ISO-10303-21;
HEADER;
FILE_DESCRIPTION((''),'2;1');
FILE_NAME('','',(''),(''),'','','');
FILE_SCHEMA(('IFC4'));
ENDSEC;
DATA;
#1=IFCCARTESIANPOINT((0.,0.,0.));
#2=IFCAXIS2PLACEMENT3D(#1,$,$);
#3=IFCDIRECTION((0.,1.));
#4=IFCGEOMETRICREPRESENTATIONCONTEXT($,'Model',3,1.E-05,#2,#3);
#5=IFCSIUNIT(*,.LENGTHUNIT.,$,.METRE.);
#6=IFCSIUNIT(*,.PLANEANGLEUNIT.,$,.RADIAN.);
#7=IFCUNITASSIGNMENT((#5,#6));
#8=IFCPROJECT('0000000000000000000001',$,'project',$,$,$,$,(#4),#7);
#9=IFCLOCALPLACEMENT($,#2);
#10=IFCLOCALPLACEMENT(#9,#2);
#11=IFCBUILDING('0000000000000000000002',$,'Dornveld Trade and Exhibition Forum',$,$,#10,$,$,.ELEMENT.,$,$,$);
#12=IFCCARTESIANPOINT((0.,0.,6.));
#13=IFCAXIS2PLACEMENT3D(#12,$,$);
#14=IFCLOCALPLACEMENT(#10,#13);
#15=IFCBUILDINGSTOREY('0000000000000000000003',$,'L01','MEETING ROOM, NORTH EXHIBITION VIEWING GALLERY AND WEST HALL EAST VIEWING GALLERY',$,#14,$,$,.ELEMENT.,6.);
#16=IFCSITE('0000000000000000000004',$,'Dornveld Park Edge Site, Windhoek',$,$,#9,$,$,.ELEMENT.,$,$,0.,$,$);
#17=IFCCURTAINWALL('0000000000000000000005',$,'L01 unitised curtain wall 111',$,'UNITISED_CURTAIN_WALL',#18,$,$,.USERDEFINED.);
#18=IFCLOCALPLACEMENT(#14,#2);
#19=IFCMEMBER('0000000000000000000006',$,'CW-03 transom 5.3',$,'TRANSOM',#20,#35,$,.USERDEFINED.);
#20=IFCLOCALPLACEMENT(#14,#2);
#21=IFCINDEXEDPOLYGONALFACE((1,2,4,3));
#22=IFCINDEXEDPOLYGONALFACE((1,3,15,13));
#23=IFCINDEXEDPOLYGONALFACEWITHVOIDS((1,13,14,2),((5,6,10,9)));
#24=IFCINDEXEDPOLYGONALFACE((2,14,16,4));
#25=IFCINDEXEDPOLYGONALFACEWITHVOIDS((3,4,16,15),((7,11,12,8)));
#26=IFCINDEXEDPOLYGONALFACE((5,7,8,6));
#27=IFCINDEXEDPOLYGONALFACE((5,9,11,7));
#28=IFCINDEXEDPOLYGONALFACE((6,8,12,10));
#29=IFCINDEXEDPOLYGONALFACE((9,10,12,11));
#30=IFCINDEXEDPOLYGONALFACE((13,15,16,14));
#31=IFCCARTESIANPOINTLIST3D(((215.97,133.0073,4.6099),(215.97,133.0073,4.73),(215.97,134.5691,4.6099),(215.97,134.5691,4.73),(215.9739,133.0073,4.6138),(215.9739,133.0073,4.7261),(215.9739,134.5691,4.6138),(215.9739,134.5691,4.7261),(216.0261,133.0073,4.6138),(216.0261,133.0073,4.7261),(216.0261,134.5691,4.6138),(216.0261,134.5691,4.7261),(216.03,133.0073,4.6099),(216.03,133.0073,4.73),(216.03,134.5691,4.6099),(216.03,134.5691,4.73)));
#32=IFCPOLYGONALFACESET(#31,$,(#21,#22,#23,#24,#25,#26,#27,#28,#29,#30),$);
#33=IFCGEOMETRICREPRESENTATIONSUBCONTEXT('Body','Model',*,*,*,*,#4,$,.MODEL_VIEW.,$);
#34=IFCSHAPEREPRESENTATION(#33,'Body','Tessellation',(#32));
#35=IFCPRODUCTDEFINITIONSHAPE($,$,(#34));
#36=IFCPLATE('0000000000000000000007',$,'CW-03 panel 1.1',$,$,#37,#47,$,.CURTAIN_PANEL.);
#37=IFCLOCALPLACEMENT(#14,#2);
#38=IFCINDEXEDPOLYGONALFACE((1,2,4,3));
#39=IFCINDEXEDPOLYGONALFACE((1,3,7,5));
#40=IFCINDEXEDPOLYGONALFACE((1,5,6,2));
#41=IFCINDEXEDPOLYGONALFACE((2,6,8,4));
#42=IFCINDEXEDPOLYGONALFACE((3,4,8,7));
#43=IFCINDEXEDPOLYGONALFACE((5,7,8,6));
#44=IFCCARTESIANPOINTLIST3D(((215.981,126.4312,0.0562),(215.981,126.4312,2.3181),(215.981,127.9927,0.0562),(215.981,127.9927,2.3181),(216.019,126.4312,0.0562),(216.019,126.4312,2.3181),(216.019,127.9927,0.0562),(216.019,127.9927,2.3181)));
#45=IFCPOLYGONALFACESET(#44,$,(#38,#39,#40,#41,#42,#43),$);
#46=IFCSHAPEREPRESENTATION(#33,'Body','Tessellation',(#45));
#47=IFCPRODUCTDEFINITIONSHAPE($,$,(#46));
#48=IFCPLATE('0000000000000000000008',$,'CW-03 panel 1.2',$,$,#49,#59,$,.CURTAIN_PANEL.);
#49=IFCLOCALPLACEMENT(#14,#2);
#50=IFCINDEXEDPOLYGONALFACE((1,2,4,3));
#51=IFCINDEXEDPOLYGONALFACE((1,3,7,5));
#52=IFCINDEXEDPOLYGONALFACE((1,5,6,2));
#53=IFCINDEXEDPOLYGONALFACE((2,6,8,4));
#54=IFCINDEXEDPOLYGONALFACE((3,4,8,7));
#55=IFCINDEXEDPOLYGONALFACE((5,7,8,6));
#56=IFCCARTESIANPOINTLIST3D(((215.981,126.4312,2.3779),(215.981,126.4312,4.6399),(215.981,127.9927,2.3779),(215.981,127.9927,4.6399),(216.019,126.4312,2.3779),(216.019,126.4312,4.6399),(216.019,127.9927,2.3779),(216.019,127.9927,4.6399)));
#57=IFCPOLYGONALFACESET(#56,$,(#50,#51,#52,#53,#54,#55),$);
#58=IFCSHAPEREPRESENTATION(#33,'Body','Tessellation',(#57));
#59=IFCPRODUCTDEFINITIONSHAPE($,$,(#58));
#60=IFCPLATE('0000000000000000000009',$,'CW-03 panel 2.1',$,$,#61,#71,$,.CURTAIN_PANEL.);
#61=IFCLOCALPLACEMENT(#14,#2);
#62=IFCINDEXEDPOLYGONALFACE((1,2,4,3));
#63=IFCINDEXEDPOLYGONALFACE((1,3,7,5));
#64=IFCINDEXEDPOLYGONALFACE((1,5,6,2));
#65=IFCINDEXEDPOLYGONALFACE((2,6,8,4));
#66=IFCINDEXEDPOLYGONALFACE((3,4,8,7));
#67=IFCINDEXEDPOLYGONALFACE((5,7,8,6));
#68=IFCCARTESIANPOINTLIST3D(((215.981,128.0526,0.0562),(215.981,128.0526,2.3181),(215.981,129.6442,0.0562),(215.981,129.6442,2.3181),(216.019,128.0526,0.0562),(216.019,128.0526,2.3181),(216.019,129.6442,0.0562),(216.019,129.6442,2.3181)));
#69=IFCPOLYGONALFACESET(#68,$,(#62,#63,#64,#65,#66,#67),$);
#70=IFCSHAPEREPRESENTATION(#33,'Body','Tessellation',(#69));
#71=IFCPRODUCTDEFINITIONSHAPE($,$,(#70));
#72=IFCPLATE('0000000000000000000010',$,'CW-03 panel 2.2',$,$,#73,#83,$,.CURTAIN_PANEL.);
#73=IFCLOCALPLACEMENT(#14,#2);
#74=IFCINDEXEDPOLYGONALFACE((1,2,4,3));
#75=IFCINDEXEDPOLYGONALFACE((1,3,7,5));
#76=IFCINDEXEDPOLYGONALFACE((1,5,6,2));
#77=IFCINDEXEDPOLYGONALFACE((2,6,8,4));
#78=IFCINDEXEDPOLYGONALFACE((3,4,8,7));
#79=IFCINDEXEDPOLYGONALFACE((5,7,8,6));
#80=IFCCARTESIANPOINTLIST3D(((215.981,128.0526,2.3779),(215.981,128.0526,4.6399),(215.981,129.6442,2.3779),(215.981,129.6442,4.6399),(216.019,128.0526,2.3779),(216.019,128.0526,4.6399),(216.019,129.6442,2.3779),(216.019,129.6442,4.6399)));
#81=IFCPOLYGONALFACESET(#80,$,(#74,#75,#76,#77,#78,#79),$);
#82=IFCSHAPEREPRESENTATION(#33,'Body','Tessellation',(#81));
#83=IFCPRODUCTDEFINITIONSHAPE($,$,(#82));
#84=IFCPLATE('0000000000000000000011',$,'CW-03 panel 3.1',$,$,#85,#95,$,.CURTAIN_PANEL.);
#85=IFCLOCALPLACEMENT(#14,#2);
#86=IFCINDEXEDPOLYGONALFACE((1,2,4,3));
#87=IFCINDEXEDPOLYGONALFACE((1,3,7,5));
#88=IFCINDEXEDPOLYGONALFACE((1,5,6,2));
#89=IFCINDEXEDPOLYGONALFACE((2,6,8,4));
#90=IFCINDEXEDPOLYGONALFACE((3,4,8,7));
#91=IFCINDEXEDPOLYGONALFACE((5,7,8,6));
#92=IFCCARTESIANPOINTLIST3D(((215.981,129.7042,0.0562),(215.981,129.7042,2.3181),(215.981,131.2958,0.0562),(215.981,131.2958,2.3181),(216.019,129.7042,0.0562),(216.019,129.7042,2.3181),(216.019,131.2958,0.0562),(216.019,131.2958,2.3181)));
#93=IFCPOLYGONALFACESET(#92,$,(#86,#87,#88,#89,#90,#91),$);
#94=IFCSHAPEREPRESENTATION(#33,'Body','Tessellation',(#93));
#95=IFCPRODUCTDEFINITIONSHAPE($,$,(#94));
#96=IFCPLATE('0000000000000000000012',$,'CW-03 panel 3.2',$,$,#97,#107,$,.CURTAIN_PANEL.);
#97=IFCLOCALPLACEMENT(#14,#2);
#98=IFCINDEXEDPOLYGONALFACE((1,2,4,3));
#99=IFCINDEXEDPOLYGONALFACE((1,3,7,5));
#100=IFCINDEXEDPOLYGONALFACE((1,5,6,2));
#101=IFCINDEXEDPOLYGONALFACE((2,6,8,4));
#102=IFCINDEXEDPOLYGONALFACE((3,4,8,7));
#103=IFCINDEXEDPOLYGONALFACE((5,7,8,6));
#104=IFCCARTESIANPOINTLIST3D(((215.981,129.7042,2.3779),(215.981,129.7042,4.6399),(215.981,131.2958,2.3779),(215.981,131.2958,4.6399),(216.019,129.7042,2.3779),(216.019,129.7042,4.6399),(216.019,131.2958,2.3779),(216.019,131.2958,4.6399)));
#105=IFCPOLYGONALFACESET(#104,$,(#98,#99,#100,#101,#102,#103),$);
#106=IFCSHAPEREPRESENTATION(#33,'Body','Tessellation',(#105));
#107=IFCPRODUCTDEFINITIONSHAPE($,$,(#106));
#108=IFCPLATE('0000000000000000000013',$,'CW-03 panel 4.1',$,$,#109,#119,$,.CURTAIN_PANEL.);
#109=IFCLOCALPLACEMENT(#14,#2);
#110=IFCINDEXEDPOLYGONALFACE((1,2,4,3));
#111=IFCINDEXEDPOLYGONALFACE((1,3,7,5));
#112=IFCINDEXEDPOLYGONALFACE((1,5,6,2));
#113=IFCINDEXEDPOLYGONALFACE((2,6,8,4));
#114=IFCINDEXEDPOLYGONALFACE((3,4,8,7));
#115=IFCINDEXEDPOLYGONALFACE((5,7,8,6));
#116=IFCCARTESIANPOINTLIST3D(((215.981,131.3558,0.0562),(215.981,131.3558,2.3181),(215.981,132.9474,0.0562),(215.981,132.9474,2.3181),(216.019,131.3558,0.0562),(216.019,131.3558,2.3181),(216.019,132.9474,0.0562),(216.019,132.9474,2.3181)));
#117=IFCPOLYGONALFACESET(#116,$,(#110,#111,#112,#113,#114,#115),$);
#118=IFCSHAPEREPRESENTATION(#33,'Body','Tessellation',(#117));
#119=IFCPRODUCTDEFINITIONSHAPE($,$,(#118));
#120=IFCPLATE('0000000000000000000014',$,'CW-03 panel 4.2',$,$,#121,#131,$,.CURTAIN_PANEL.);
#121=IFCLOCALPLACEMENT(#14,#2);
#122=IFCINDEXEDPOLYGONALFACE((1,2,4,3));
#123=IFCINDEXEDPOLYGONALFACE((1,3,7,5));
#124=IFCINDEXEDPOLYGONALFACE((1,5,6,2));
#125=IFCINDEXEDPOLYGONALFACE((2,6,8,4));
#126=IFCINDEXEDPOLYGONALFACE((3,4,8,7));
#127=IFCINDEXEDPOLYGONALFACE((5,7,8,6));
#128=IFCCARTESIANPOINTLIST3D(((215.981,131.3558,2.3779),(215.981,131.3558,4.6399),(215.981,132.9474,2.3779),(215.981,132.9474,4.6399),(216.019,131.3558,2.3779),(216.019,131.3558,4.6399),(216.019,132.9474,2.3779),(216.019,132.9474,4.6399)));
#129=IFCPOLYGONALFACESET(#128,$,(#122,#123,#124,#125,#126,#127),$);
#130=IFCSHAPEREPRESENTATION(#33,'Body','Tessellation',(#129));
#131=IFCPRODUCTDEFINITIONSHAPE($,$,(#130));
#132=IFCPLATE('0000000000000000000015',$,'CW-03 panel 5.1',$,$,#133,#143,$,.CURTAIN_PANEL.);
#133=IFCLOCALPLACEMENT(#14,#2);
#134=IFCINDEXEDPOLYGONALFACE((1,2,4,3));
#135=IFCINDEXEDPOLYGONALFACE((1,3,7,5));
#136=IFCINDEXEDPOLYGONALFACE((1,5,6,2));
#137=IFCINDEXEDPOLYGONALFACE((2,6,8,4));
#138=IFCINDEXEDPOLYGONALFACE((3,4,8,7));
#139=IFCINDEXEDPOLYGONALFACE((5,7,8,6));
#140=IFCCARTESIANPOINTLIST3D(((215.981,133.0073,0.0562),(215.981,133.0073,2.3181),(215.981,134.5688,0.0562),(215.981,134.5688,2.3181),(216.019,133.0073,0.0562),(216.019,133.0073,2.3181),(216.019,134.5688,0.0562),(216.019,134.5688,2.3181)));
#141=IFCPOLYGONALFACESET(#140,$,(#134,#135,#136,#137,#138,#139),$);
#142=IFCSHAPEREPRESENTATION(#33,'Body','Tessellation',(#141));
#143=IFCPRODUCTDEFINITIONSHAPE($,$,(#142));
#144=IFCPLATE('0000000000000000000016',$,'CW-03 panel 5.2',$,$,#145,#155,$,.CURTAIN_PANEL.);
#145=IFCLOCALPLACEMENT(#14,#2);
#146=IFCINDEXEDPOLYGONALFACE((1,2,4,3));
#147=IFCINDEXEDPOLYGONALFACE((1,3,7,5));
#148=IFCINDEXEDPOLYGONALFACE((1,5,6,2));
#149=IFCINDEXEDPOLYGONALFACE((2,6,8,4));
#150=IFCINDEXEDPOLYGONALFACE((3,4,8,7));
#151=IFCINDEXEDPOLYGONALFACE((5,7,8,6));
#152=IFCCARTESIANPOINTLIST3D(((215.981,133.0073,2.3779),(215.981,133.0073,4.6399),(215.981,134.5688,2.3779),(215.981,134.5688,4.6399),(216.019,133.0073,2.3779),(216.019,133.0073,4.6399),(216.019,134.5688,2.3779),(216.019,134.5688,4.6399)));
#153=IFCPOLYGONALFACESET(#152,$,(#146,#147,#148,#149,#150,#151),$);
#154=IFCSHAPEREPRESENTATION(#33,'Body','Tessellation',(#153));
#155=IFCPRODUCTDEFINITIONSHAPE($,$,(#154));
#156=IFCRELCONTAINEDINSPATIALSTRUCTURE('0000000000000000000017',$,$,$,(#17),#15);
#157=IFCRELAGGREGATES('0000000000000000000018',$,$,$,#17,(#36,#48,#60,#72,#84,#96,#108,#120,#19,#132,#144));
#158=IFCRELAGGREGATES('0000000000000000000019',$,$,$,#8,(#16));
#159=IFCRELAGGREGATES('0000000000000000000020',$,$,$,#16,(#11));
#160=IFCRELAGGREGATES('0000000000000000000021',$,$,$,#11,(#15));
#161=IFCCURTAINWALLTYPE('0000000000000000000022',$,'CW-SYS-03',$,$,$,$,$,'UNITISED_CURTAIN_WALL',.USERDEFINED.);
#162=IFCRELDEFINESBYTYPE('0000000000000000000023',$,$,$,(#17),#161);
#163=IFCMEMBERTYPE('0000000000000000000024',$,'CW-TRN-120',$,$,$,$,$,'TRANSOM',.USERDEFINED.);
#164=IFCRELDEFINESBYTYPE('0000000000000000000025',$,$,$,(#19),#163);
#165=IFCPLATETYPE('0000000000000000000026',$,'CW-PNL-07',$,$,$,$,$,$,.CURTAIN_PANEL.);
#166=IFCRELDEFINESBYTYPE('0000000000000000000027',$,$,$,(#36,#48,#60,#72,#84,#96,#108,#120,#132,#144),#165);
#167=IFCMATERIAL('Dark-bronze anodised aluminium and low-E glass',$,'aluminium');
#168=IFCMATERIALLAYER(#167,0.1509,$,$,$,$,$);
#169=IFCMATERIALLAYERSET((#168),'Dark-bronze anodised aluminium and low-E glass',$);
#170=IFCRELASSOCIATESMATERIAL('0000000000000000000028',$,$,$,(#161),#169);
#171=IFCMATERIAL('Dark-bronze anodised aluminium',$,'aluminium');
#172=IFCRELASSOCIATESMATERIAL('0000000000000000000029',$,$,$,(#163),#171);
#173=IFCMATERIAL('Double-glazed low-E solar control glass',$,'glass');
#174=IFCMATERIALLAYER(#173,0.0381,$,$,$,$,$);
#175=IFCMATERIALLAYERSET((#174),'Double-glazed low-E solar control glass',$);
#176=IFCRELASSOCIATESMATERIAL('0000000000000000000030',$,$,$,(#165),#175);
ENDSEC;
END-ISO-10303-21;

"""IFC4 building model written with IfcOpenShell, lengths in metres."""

from ifc_helpers import new_model, si_unit, direction, frame, origin, origin_2d, place, context, subcontext, project, spatial, rectangle, hollow_rectangle, extrude, material, layer, layer_set, material_profile, profile_set, type_object, element, aggregate, save


model = new_model("IFC4")

# Units and contexts
model_context = context("Model", 3, precision=1e-05, world=origin(), true_north=direction((0.0, 1.0)))
body_context = subcontext(model_context, "Body", "Model", "MODEL_VIEW")
ifc_project = project(units=[si_unit("LENGTHUNIT", "METRE"), si_unit("PLANEANGLEUNIT", "RADIAN")], contexts=[model_context])

# Site, building, storey
site_placement = place(None, origin())
site = spatial("IfcSite", under=ifc_project, at=site_placement, Name="Dornveld Park Edge Site, Windhoek", CompositionType="ELEMENT", RefElevation=0.0)
building_placement = place(site_placement, origin())
building = spatial("IfcBuilding", under=site, at=building_placement, Name="Dornveld Trade and Exhibition Forum", CompositionType="ELEMENT")
storey_placement = place(building_placement, frame((0.0, 0.0, 6.0)))
storey = spatial("IfcBuildingStorey", under=building, at=storey_placement, Name="L01", Description="MEETING ROOM, NORTH EXHIBITION VIEWING GALLERY AND WEST HALL EAST VIEWING GALLERY", CompositionType="ELEMENT", Elevation=6.0)

# Curtain wall
ifc_material_1 = material(Name="Dark-bronze anodised aluminium and low-E glass", Category="aluminium")
ifc_layer_1 = layer(ifc_material_1, 0.1509)
ifc_layer_set_1 = layer_set([ifc_layer_1], Name="Dark-bronze anodised aluminium and low-E glass")
curtain_wall_type_1 = type_object("IfcCurtainWallType", Name="CW-SYS-03", ElementType="UNITISED_CURTAIN_WALL", PredefinedType="USERDEFINED", material=ifc_layer_set_1)
curtain_wall_1_placement = place(storey_placement, origin())
curtain_wall_1 = element("IfcCurtainWall", 1, at=curtain_wall_1_placement, inside=storey, type_object=curtain_wall_type_1, Name="L01 unitised curtain wall 111", ObjectType="UNITISED_CURTAIN_WALL", PredefinedType="USERDEFINED")

# Member
ifc_material_2 = material(Name="Dark-bronze anodised aluminium", Category="aluminium")
ifc_material_profile_1 = material_profile(ifc_material_2, hollow_rectangle(XDim=0.0601, YDim=0.1201, WallThickness=0.0039, at=origin_2d()), Name="RHS 120x60x4")
ifc_profile_set_1 = profile_set([ifc_material_profile_1], Name="Dark-bronze anodised aluminium")
member_type_1 = type_object("IfcMemberType", Name="CW-TRN-120", ElementType="TRANSOM", PredefinedType="USERDEFINED", material=ifc_profile_set_1)
member_1_placement = place(storey_placement, frame((216.0, 133.0073, 4.6699), z_axis=(0.0, 1.0, 0.0), x_axis=(-1.0, 0.0, 0.0)))
member_1 = element("IfcMember", 2, at=member_1_placement, type_object=member_type_1, Name="CW-03 transom 5.3", ObjectType="TRANSOM", PredefinedType="USERDEFINED", context=body_context, shape_type="SweptSolid", body=[
    extrude(hollow_rectangle(XDim=0.0601, YDim=0.1201, WallThickness=0.0039, at=origin_2d()), origin(), (0.0, 0.0, 1.0), 1.5618),
])

# Plates
ifc_material_3 = material(Name="Double-glazed low-E solar control glass", Category="glass")
ifc_layer_2 = layer(ifc_material_3, 0.0381)
ifc_layer_set_2 = layer_set([ifc_layer_2], Name="Double-glazed low-E solar control glass")
plate_type = type_object("IfcPlateType", Name="CW-PNL-07", PredefinedType="CURTAIN_PANEL", material=ifc_layer_set_2)
plate_1_placement = place(storey_placement, frame((216.0, 127.2119, 0.0562), z_axis=(0.0, 0.0, 1.0), x_axis=(0.0, 1.0, 0.0)))
plate_1 = element("IfcPlate", 3, at=plate_1_placement, type_object=plate_type, Name="CW-03 panel 1.1", PredefinedType="CURTAIN_PANEL", context=body_context, shape_type="SweptSolid", body=[
    extrude(rectangle(XDim=1.5615, YDim=0.0381, at=origin_2d()), origin(), (0.0, 0.0, 1.0), 2.262),
])
plate_2_placement = place(storey_placement, frame((216.0, 127.2119, 2.3779), z_axis=(0.0, 0.0, 1.0), x_axis=(0.0, 1.0, 0.0)))
plate_2 = element("IfcPlate", 4, at=plate_2_placement, type_object=plate_type, Name="CW-03 panel 1.2", PredefinedType="CURTAIN_PANEL", context=body_context, shape_type="SweptSolid", body=[
    extrude(rectangle(XDim=1.5615, YDim=0.0381, at=origin_2d()), origin(), (0.0, 0.0, 1.0), 2.262),
])
plate_3_placement = place(storey_placement, frame((216.0, 128.8484, 0.0562), z_axis=(0.0, 0.0, 1.0), x_axis=(0.0, 1.0, 0.0)))
plate_3 = element("IfcPlate", 5, at=plate_3_placement, type_object=plate_type, Name="CW-03 panel 2.1", PredefinedType="CURTAIN_PANEL", context=body_context, shape_type="SweptSolid", body=[
    extrude(rectangle(XDim=1.5916, YDim=0.0381, at=origin_2d()), origin(), (0.0, 0.0, 1.0), 2.262),
])
plate_4_placement = place(storey_placement, frame((216.0, 128.8484, 2.3779), z_axis=(0.0, 0.0, 1.0), x_axis=(0.0, 1.0, 0.0)))
plate_4 = element("IfcPlate", 6, at=plate_4_placement, type_object=plate_type, Name="CW-03 panel 2.2", PredefinedType="CURTAIN_PANEL", context=body_context, shape_type="SweptSolid", body=[
    extrude(rectangle(XDim=1.5916, YDim=0.0381, at=origin_2d()), origin(), (0.0, 0.0, 1.0), 2.262),
])
plate_5_placement = place(storey_placement, frame((216.0, 130.5, 0.0562), z_axis=(0.0, 0.0, 1.0), x_axis=(0.0, 1.0, 0.0)))
plate_5 = element("IfcPlate", 7, at=plate_5_placement, type_object=plate_type, Name="CW-03 panel 3.1", PredefinedType="CURTAIN_PANEL", context=body_context, shape_type="SweptSolid", body=[
    extrude(rectangle(XDim=1.5916, YDim=0.0381, at=origin_2d()), origin(), (0.0, 0.0, 1.0), 2.262),
])
plate_6_placement = place(storey_placement, frame((216.0, 130.5, 2.3779), z_axis=(0.0, 0.0, 1.0), x_axis=(0.0, 1.0, 0.0)))
plate_6 = element("IfcPlate", 8, at=plate_6_placement, type_object=plate_type, Name="CW-03 panel 3.2", PredefinedType="CURTAIN_PANEL", context=body_context, shape_type="SweptSolid", body=[
    extrude(rectangle(XDim=1.5916, YDim=0.0381, at=origin_2d()), origin(), (0.0, 0.0, 1.0), 2.262),
])
plate_7_placement = place(storey_placement, frame((216.0, 132.1516, 0.0562), z_axis=(0.0, 0.0, 1.0), x_axis=(0.0, 1.0, 0.0)))
plate_7 = element("IfcPlate", 9, at=plate_7_placement, type_object=plate_type, Name="CW-03 panel 4.1", PredefinedType="CURTAIN_PANEL", context=body_context, shape_type="SweptSolid", body=[
    extrude(rectangle(XDim=1.5916, YDim=0.0381, at=origin_2d()), origin(), (0.0, 0.0, 1.0), 2.262),
])
plate_8_placement = place(storey_placement, frame((216.0, 132.1516, 2.3779), z_axis=(0.0, 0.0, 1.0), x_axis=(0.0, 1.0, 0.0)))
plate_8 = element("IfcPlate", 10, at=plate_8_placement, type_object=plate_type, Name="CW-03 panel 4.2", PredefinedType="CURTAIN_PANEL", context=body_context, shape_type="SweptSolid", body=[
    extrude(rectangle(XDim=1.5916, YDim=0.0381, at=origin_2d()), origin(), (0.0, 0.0, 1.0), 2.262),
])
plate_9_placement = place(storey_placement, frame((216.0, 133.7881, 0.0562), z_axis=(0.0, 0.0, 1.0), x_axis=(0.0, 1.0, 0.0)))
plate_9 = element("IfcPlate", 11, at=plate_9_placement, type_object=plate_type, Name="CW-03 panel 5.1", PredefinedType="CURTAIN_PANEL", context=body_context, shape_type="SweptSolid", body=[
    extrude(rectangle(XDim=1.5615, YDim=0.0381, at=origin_2d()), origin(), (0.0, 0.0, 1.0), 2.262),
])
plate_10_placement = place(storey_placement, frame((216.0, 133.7881, 2.3779), z_axis=(0.0, 0.0, 1.0), x_axis=(0.0, 1.0, 0.0)))
plate_10 = element("IfcPlate", 12, at=plate_10_placement, type_object=plate_type, Name="CW-03 panel 5.2", PredefinedType="CURTAIN_PANEL", context=body_context, shape_type="SweptSolid", body=[
    extrude(rectangle(XDim=1.5615, YDim=0.0381, at=origin_2d()), origin(), (0.0, 0.0, 1.0), 2.262),
])
aggregate(curtain_wall_1, [plate_1, plate_2, plate_3, plate_4, plate_5, plate_6, plate_7, plate_8, member_1, plate_9, plate_10])

save(model, "model.ifc")
